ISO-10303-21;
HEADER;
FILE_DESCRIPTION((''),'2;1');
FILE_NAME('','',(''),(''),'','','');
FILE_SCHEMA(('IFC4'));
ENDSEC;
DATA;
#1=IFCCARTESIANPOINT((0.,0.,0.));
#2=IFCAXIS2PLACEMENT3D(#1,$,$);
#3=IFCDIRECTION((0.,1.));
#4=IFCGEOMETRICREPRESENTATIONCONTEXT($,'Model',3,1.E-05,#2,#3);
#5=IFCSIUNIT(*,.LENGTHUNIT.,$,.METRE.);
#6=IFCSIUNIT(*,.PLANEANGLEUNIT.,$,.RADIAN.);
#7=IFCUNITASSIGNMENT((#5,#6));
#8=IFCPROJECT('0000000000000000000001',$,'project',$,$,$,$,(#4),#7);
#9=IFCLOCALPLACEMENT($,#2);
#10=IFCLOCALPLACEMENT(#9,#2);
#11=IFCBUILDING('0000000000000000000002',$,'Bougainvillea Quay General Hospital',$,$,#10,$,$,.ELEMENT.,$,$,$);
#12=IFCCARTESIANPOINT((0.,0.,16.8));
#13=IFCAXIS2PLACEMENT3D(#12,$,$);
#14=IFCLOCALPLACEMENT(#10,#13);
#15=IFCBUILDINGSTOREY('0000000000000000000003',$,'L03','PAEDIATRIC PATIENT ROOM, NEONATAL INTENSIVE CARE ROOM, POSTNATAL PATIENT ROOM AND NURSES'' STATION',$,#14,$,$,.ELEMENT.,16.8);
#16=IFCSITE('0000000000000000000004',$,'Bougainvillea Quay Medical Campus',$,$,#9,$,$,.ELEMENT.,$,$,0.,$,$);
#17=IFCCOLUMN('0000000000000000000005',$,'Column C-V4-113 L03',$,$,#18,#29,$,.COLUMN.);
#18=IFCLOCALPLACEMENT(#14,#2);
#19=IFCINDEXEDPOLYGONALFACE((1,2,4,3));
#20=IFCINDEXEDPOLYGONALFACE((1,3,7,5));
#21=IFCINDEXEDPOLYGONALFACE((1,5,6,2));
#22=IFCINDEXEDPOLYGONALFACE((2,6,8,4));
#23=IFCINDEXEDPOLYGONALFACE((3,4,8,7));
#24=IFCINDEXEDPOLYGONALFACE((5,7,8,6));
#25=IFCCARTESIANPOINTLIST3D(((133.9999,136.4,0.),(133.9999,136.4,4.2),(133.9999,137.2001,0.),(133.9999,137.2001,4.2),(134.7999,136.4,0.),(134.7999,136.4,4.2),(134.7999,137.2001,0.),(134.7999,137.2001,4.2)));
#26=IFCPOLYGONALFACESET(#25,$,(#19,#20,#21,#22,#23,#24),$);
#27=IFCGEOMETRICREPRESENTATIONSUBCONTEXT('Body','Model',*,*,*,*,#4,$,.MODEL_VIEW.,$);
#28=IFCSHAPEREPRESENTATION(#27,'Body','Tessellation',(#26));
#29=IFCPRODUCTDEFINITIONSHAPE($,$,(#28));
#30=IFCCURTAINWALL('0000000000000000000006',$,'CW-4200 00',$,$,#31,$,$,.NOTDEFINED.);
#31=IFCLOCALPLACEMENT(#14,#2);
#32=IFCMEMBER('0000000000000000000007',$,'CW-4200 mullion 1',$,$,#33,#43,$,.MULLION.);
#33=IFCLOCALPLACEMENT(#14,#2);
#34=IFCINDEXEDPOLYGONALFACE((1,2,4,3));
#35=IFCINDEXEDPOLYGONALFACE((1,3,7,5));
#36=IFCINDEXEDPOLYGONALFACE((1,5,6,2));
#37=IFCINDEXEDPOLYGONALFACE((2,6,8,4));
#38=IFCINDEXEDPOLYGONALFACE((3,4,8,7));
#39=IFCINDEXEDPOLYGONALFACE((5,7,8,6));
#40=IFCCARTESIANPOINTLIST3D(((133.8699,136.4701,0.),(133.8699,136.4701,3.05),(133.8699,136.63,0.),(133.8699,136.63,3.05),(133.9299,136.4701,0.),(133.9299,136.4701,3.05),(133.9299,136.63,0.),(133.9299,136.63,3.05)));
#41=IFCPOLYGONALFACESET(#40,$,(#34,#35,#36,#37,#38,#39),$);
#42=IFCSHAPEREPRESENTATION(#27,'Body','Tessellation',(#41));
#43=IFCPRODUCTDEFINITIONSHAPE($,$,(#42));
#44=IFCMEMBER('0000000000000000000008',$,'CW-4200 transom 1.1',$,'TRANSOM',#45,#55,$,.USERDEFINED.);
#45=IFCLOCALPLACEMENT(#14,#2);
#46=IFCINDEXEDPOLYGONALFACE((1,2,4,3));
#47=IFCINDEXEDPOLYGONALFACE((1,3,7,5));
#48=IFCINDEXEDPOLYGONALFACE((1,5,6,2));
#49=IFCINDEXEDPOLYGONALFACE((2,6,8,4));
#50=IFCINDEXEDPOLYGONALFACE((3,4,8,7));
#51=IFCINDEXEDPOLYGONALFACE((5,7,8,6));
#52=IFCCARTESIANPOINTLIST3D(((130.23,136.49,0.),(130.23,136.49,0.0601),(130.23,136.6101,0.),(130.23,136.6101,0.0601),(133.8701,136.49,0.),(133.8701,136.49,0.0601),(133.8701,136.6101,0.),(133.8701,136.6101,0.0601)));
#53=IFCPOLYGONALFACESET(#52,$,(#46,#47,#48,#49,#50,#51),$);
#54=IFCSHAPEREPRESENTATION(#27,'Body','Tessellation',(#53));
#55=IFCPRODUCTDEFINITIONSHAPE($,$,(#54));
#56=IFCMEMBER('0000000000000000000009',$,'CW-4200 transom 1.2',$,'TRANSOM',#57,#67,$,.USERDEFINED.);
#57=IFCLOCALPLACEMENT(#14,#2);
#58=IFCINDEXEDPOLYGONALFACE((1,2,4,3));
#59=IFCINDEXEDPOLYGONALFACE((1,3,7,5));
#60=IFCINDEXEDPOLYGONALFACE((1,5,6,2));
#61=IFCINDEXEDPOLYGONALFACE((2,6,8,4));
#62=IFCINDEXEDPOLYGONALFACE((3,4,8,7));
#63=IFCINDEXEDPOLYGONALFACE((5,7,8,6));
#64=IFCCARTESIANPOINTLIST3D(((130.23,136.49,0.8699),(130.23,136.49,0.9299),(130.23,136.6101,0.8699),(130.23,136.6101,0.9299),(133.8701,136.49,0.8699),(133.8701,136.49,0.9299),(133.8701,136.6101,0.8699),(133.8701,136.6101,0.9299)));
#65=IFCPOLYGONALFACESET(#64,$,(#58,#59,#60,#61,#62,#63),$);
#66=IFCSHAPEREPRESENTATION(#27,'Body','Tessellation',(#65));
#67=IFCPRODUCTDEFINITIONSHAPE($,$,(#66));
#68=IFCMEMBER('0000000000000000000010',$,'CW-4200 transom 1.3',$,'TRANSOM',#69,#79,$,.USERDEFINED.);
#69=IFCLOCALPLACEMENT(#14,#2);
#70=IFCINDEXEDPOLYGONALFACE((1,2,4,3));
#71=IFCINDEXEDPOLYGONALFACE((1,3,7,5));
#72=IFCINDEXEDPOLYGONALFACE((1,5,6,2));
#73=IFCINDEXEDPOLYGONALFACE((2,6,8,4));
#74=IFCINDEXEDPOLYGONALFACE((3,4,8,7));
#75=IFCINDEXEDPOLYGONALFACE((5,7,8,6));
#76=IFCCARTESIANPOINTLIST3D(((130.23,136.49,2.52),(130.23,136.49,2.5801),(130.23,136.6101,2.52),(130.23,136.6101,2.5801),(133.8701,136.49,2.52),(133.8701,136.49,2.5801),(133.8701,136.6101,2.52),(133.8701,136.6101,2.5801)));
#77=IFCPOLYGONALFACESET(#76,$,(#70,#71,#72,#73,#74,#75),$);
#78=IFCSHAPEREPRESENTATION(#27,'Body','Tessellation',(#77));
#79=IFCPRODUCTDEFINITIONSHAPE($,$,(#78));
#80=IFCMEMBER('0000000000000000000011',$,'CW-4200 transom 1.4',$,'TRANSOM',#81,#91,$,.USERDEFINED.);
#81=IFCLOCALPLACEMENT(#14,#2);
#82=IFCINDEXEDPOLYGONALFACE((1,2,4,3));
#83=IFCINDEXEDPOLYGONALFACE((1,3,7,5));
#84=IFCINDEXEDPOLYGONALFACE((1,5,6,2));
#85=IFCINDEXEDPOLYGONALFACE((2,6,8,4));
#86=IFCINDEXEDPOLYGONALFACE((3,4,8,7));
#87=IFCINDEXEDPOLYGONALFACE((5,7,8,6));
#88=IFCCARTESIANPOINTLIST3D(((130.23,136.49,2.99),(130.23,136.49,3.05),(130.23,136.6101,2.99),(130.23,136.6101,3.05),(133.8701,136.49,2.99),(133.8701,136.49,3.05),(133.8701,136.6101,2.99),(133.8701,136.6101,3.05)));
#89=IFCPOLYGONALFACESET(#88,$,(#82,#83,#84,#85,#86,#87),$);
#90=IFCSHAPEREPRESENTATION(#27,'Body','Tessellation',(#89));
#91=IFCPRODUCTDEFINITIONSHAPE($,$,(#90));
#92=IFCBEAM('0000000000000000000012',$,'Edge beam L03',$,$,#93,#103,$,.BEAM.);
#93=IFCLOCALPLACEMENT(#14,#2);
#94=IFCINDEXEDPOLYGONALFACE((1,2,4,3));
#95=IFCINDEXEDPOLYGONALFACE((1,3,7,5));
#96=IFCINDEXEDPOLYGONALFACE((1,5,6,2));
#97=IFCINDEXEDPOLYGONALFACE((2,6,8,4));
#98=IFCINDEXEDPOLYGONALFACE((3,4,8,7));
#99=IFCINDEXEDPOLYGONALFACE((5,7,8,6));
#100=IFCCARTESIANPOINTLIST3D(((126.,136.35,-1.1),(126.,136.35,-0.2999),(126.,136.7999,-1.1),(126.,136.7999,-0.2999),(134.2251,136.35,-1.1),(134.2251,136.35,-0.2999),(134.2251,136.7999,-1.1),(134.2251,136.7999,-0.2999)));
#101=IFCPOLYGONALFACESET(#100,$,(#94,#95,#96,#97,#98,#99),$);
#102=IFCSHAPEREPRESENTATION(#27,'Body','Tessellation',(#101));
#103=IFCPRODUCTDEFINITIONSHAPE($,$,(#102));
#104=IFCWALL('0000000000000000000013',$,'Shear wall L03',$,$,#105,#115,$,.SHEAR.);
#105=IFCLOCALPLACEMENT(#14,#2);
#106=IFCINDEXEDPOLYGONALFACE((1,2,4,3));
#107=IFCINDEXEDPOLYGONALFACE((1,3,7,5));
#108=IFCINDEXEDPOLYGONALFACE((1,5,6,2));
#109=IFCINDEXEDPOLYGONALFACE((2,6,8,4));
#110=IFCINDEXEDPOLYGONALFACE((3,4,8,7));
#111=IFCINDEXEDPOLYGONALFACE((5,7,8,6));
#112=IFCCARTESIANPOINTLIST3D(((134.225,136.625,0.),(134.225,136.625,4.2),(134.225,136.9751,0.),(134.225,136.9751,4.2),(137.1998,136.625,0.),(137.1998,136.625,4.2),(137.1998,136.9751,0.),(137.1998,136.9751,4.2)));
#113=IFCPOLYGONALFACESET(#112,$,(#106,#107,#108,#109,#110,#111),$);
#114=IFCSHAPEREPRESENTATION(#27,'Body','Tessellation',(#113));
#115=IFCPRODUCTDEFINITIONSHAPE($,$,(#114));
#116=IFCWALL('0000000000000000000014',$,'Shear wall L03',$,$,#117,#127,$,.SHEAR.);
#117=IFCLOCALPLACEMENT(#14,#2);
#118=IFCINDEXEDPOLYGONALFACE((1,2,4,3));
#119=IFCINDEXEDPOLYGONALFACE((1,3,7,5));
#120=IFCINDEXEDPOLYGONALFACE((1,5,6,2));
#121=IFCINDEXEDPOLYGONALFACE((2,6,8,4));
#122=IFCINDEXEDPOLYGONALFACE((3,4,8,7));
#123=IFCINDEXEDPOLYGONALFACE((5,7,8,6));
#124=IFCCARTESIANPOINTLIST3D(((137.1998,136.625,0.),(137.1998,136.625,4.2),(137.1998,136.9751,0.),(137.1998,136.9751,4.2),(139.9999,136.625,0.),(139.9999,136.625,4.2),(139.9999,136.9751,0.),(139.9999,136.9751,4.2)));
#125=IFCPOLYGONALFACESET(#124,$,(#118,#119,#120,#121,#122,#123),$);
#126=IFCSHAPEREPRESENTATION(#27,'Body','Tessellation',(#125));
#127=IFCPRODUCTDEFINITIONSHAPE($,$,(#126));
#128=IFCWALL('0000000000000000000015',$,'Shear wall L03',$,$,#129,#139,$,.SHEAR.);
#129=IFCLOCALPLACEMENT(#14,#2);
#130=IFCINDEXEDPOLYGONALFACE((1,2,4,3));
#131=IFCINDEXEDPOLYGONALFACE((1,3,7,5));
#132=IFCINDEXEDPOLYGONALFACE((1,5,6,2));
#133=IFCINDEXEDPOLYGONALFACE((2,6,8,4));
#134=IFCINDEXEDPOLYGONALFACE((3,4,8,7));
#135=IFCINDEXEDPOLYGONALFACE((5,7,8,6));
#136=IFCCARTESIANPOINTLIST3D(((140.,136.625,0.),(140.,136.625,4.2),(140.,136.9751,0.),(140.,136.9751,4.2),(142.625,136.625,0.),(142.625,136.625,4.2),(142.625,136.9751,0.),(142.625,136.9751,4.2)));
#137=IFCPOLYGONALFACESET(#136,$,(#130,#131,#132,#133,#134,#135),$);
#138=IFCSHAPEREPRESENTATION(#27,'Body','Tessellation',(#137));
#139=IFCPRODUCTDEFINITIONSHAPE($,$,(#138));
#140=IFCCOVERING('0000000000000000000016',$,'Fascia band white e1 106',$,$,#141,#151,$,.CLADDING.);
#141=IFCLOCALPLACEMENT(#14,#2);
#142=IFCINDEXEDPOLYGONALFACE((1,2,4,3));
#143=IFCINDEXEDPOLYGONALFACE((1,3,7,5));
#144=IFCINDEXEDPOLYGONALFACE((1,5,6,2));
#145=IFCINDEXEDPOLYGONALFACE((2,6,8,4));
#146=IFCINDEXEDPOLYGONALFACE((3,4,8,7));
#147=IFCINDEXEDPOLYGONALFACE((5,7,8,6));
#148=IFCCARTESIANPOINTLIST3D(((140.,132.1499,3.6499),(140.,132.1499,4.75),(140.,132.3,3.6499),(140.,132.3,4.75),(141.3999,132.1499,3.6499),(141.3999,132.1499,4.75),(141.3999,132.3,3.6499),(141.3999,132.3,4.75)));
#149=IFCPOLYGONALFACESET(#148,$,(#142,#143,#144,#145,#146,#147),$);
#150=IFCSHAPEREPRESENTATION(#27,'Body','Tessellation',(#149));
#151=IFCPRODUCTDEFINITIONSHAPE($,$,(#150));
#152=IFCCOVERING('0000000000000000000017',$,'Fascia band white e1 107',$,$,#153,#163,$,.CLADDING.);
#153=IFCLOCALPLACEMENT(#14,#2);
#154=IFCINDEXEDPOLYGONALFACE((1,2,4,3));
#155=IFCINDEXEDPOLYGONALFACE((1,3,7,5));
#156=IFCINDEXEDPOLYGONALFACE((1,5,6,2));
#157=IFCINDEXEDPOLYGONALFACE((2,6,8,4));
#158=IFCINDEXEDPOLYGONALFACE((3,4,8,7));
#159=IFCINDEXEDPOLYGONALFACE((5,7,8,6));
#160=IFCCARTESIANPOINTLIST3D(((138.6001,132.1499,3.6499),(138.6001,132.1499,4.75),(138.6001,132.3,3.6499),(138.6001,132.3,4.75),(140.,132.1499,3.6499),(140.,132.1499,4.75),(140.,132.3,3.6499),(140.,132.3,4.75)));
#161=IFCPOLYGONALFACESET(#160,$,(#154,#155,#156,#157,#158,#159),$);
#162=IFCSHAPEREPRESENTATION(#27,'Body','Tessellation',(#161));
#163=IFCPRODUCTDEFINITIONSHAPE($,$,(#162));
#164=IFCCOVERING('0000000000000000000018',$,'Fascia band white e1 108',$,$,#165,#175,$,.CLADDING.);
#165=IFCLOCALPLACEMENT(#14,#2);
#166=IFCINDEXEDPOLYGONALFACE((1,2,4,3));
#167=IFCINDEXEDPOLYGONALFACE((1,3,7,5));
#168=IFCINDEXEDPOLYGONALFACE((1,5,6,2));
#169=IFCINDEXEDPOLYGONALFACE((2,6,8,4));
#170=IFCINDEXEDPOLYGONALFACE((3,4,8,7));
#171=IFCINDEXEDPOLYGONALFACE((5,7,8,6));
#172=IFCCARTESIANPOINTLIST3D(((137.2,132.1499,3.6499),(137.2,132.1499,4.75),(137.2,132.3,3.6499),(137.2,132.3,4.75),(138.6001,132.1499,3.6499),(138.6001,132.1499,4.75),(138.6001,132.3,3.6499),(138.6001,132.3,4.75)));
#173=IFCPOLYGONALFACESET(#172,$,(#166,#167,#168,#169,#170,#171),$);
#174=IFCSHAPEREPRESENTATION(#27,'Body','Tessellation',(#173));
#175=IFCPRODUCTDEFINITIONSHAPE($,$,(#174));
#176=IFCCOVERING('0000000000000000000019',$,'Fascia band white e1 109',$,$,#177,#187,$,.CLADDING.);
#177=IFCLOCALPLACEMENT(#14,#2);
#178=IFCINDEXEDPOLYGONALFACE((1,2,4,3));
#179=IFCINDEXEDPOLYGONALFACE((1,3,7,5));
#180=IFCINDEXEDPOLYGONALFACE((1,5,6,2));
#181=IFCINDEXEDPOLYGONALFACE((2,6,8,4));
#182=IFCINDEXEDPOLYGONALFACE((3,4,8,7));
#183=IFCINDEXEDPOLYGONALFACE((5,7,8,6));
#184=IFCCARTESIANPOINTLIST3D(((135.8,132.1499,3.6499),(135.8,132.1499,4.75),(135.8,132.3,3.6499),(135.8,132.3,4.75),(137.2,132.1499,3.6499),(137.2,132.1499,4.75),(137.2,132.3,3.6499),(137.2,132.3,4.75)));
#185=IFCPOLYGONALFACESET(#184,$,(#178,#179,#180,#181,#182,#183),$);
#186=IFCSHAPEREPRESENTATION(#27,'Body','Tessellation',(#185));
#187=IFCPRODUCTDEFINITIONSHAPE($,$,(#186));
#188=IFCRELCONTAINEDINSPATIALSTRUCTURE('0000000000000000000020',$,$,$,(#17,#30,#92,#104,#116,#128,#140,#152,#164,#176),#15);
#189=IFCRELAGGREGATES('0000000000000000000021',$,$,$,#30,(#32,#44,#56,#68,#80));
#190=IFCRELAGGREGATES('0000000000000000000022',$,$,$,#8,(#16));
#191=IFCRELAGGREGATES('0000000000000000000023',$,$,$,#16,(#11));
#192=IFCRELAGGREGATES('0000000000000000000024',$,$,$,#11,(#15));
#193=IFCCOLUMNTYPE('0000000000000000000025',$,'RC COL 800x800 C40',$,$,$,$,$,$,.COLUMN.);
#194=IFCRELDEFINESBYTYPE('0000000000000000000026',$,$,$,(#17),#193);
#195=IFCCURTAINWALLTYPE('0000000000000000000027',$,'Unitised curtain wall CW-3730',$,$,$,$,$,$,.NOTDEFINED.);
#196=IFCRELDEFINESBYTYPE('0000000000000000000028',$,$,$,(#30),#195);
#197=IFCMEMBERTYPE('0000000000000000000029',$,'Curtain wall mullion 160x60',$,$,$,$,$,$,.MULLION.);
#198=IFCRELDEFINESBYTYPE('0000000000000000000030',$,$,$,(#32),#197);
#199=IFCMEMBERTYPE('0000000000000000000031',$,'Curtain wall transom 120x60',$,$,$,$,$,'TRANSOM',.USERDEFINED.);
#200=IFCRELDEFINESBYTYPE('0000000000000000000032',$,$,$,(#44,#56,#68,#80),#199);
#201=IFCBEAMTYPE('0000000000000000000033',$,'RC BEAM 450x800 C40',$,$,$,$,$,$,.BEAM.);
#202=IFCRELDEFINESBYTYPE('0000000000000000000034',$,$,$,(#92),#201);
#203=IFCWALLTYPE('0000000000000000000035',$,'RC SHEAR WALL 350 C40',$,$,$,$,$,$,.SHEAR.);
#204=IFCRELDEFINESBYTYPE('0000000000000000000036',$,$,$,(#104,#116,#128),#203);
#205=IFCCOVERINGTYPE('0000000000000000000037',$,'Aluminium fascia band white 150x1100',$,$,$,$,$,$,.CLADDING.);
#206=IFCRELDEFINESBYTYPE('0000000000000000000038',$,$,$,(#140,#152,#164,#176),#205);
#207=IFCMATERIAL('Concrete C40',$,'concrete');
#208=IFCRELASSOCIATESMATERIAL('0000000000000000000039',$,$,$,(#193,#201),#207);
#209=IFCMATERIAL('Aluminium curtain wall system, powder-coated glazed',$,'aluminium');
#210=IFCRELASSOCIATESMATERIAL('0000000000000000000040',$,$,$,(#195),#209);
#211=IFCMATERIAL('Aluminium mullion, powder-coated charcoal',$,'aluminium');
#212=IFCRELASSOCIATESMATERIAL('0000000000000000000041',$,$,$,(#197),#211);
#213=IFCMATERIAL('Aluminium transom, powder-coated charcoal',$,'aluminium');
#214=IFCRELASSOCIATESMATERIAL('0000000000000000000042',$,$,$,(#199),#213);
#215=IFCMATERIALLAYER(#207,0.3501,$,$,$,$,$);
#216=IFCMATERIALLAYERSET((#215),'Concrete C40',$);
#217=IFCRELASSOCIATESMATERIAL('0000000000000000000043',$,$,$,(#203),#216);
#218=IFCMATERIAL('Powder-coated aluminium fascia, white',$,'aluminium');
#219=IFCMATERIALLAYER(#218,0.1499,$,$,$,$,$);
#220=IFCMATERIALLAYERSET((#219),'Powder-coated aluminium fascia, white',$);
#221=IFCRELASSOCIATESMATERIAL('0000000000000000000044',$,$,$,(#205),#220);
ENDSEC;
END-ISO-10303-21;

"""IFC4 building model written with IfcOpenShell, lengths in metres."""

from ifc_helpers import new_model, si_unit, direction, frame, frame_2d, origin, origin_2d, place, context, subcontext, project, spatial, polyline, rectangle, outline, extrude, material, layer, layer_set, material_profile, profile_set, type_object, element, aggregate, save


model = new_model("IFC4")

# Units and contexts
model_context = context("Model", 3, precision=1e-05, world=origin(), true_north=direction((0.0, 1.0)))
body_context = subcontext(model_context, "Body", "Model", "MODEL_VIEW")
ifc_project = project(units=[si_unit("LENGTHUNIT", "METRE"), si_unit("PLANEANGLEUNIT", "RADIAN")], contexts=[model_context])

# Site, building, storey
site_placement = place(None, origin())
site = spatial("IfcSite", under=ifc_project, at=site_placement, Name="Bougainvillea Quay Medical Campus", CompositionType="ELEMENT", RefElevation=0.0)
building_placement = place(site_placement, origin())
building = spatial("IfcBuilding", under=site, at=building_placement, Name="Bougainvillea Quay General Hospital", CompositionType="ELEMENT")
storey_placement = place(building_placement, frame((0.0, 0.0, 16.8)))
storey = spatial("IfcBuildingStorey", under=building, at=storey_placement, Name="L03", Description="PAEDIATRIC PATIENT ROOM, NEONATAL INTENSIVE CARE ROOM, POSTNATAL PATIENT ROOM AND NURSES' STATION", CompositionType="ELEMENT", Elevation=16.8)

# Column
ifc_material_1 = material(Name="Concrete C40", Category="concrete")
ifc_material_profile_1 = material_profile(ifc_material_1, rectangle(XDim=0.8, YDim=0.8, at=origin_2d()))
ifc_profile_set_1 = profile_set([ifc_material_profile_1], Name="Concrete C40")
column_type = type_object("IfcColumnType", Name="RC COL 800x800 C40", PredefinedType="COLUMN", material=ifc_profile_set_1)
column_placement = place(storey_placement, frame((134.3999, 136.8, 0.0), z_axis=(0.0, 0.0, 1.0), x_axis=(1.0, 0.0, 0.0)))
element("IfcColumn", 1, at=column_placement, inside=storey, type_object=column_type, Name="Column C-V4-113 L03", PredefinedType="COLUMN", context=body_context, shape_type="SweptSolid", body=[
    extrude(rectangle(XDim=0.8, YDim=0.8, at=origin_2d()), origin(), (0.0, 0.0, 1.0), 4.2),
])

# Curtain wall, members
ifc_material_2 = material(Name="Aluminium curtain wall system, powder-coated glazed", Category="aluminium")
curtain_wall_type = type_object("IfcCurtainWallType", Name="Unitised curtain wall CW-3730", PredefinedType="NOTDEFINED", material=ifc_material_2)
curtain_wall_placement = place(storey_placement, origin())
curtain_wall = element("IfcCurtainWall", 2, at=curtain_wall_placement, inside=storey, type_object=curtain_wall_type, Name="CW-4200 00", PredefinedType="NOTDEFINED")
ifc_material_3 = material(Name="Aluminium mullion, powder-coated charcoal", Category="aluminium")
ifc_material_profile_2 = material_profile(ifc_material_3, rectangle(XDim=0.1599, YDim=0.0601, at=origin_2d()))
ifc_profile_set_2 = profile_set([ifc_material_profile_2], Name="Aluminium mullion, powder-coated charcoal")
member_type_1 = type_object("IfcMemberType", Name="Curtain wall mullion 160x60", PredefinedType="MULLION", material=ifc_profile_set_2)
member_1_placement = place(storey_placement, frame((133.8999, 136.55, 0.0), z_axis=(0.0, 0.0, 1.0), x_axis=(0.0, -1.0, 0.0)))
member_1 = element("IfcMember", 3, at=member_1_placement, type_object=member_type_1, Name="CW-4200 mullion 1", PredefinedType="MULLION", context=body_context, shape_type="SweptSolid", body=[
    extrude(rectangle(XDim=0.1599, YDim=0.0601, at=origin_2d()), origin(), (0.0, 0.0, 1.0), 3.05),
])
ifc_material_4 = material(Name="Aluminium transom, powder-coated charcoal", Category="aluminium")
ifc_material_profile_3 = material_profile(ifc_material_4, rectangle(XDim=0.1201, YDim=0.0601, at=origin_2d()))
ifc_profile_set_3 = profile_set([ifc_material_profile_3], Name="Aluminium transom, powder-coated charcoal")
member_type_2 = type_object("IfcMemberType", Name="Curtain wall transom 120x60", ElementType="TRANSOM", PredefinedType="USERDEFINED", material=ifc_profile_set_3)
member_2_placement = place(storey_placement, frame((133.8701, 136.55, 0.03), z_axis=(-1.0, 0.0, 0.0), x_axis=(0.0, -1.0, 0.0)))
member_2 = element("IfcMember", 4, at=member_2_placement, type_object=member_type_2, Name="CW-4200 transom 1.1", ObjectType="TRANSOM", PredefinedType="USERDEFINED", context=body_context, shape_type="SweptSolid", body=[
    extrude(rectangle(XDim=0.1201, YDim=0.0601, at=origin_2d()), origin(), (0.0, 0.0, 1.0), 3.6401),
])
member_3_placement = place(storey_placement, frame((133.8701, 136.55, 0.8999), z_axis=(-1.0, 0.0, 0.0), x_axis=(0.0, -1.0, 0.0)))
member_3 = element("IfcMember", 5, at=member_3_placement, type_object=member_type_2, Name="CW-4200 transom 1.2", ObjectType="TRANSOM", PredefinedType="USERDEFINED", context=body_context, shape_type="SweptSolid", body=[
    extrude(rectangle(XDim=0.1201, YDim=0.0601, at=origin_2d()), origin(), (0.0, 0.0, 1.0), 3.6401),
])
member_4_placement = place(storey_placement, frame((133.8701, 136.55, 2.55), z_axis=(-1.0, 0.0, 0.0), x_axis=(0.0, -1.0, 0.0)))
member_4 = element("IfcMember", 6, at=member_4_placement, type_object=member_type_2, Name="CW-4200 transom 1.3", ObjectType="TRANSOM", PredefinedType="USERDEFINED", context=body_context, shape_type="SweptSolid", body=[
    extrude(rectangle(XDim=0.1201, YDim=0.0601, at=origin_2d()), origin(), (0.0, 0.0, 1.0), 3.6401),
])
member_5_placement = place(storey_placement, frame((133.8701, 136.55, 3.02), z_axis=(-1.0, 0.0, 0.0), x_axis=(0.0, -1.0, 0.0)))
member_5 = element("IfcMember", 7, at=member_5_placement, type_object=member_type_2, Name="CW-4200 transom 1.4", ObjectType="TRANSOM", PredefinedType="USERDEFINED", context=body_context, shape_type="SweptSolid", body=[
    extrude(rectangle(XDim=0.1201, YDim=0.0601, at=origin_2d()), origin(), (0.0, 0.0, 1.0), 3.6401),
])
aggregate(curtain_wall, [member_1, member_2, member_3, member_4, member_5])

# Beam
ifc_material_profile_4 = material_profile(ifc_material_1, rectangle(XDim=0.45, YDim=0.8, at=origin_2d()))
ifc_profile_set_4 = profile_set([ifc_material_profile_4], Name="Concrete C40")
beam_type = type_object("IfcBeamType", Name="RC BEAM 450x800 C40", PredefinedType="BEAM", material=ifc_profile_set_4)
beam_placement = place(storey_placement, frame((134.2251, 136.575, -0.7), z_axis=(-1.0, 0.0, 0.0), x_axis=(0.0, -1.0, 0.0)))
element("IfcBeam", 8, at=beam_placement, inside=storey, type_object=beam_type, Name="Edge beam L03", PredefinedType="BEAM", context=body_context, shape_type="SweptSolid", body=[
    extrude(rectangle(XDim=0.45, YDim=0.8, at=origin_2d()), origin(), (0.0, 0.0, 1.0), 8.2251),
])

# Walls
ifc_layer_1 = layer(ifc_material_1, 0.3501)
ifc_layer_set_1 = layer_set([ifc_layer_1], Name="Concrete C40")
wall_type = type_object("IfcWallType", Name="RC SHEAR WALL 350 C40", PredefinedType="SHEAR", material=ifc_layer_set_1)
wall_1_placement = place(storey_placement, frame((134.2251, 136.8, 0.0), z_axis=(0.0, 0.0, 1.0), x_axis=(1.0, 0.0, 0.0)))
element("IfcWall", 9, at=wall_1_placement, inside=storey, type_object=wall_type, Name="Shear wall L03", PredefinedType="SHEAR", context=body_context, shape_type="SweptSolid", body=[
    extrude(rectangle(XDim=2.9749, YDim=0.3501, at=frame_2d((1.4873, 0.0))), origin(), (0.0, 0.0, 1.0), 4.2),
])
wall_2_placement = place(storey_placement, frame((137.2, 136.8, 0.0), z_axis=(0.0, 0.0, 1.0), x_axis=(1.0, 0.0, 0.0)))
element("IfcWall", 10, at=wall_2_placement, inside=storey, type_object=wall_type, Name="Shear wall L03", PredefinedType="SHEAR", context=body_context, shape_type="SweptSolid", body=[
    extrude(rectangle(XDim=2.8, YDim=0.3501, at=frame_2d((1.3999, 0.0))), origin(), (0.0, 0.0, 1.0), 4.2),
])
wall_3_placement = place(storey_placement, frame((140.0, 136.8, 0.0), z_axis=(0.0, 0.0, 1.0), x_axis=(1.0, 0.0, 0.0)))
element("IfcWall", 11, at=wall_3_placement, inside=storey, type_object=wall_type, Name="Shear wall L03", PredefinedType="SHEAR", context=body_context, shape_type="SweptSolid", body=[
    extrude(rectangle(XDim=2.625, YDim=0.3501, at=frame_2d((1.3125, 0.0))), origin(), (0.0, 0.0, 1.0), 4.2),
])

# Coverings
ifc_material_5 = material(Name="Powder-coated aluminium fascia, white", Category="aluminium")
ifc_layer_2 = layer(ifc_material_5, 0.1499)
ifc_layer_set_2 = layer_set([ifc_layer_2], Name="Powder-coated aluminium fascia, white")
covering_type = type_object("IfcCoveringType", Name="Aluminium fascia band white 150x1100", PredefinedType="CLADDING", material=ifc_layer_set_2)
for number, where, z_axis, x_axis, name in (
    (12, (141.3999, 132.1499, 3.6499), (0.0, 0.0, 1.0), (-1.0, 0.0, 0.0), "Fascia band white e1 106"),
    (13, (140.0, 132.1499, 3.6499), (0.0, 0.0, 1.0), (-1.0, 0.0, 0.0), "Fascia band white e1 107"),
):
    element("IfcCovering", number, at=place(storey_placement, frame(where, z_axis=z_axis, x_axis=x_axis)), inside=storey, type_object=covering_type, Name=name, PredefinedType="CLADDING", context=body_context, shape_type="SweptSolid", body=[
        extrude(outline(polyline([(0.0, 0.0), (1.3999, 0.0), (1.3999, -0.1501), (0.0, -0.1501), (0.0, 0.0)])), origin(), (0.0, 0.0, 1.0), 1.1001),
    ])
covering_1_placement = place(storey_placement, frame((138.6001, 132.1499, 3.6499), z_axis=(0.0, 0.0, 1.0), x_axis=(-1.0, 0.0, 0.0)))
element("IfcCovering", 14, at=covering_1_placement, inside=storey, type_object=covering_type, Name="Fascia band white e1 108", PredefinedType="CLADDING", context=body_context, shape_type="SweptSolid", body=[
    extrude(outline(polyline([(0.0, 0.0), (1.4001, 0.0), (1.4001, -0.1501), (0.0, -0.1501), (0.0, 0.0)])), origin(), (0.0, 0.0, 1.0), 1.1001),
])
covering_2_placement = place(storey_placement, frame((137.2, 132.1499, 3.6499), z_axis=(0.0, 0.0, 1.0), x_axis=(-1.0, 0.0, 0.0)))
element("IfcCovering", 15, at=covering_2_placement, inside=storey, type_object=covering_type, Name="Fascia band white e1 109", PredefinedType="CLADDING", context=body_context, shape_type="SweptSolid", body=[
    extrude(outline(polyline([(0.0, 0.0), (1.3999, 0.0), (1.3999, -0.1501), (0.0, -0.1501), (0.0, 0.0)])), origin(), (0.0, 0.0, 1.0), 1.1001),
])

save(model, "model.ifc")
